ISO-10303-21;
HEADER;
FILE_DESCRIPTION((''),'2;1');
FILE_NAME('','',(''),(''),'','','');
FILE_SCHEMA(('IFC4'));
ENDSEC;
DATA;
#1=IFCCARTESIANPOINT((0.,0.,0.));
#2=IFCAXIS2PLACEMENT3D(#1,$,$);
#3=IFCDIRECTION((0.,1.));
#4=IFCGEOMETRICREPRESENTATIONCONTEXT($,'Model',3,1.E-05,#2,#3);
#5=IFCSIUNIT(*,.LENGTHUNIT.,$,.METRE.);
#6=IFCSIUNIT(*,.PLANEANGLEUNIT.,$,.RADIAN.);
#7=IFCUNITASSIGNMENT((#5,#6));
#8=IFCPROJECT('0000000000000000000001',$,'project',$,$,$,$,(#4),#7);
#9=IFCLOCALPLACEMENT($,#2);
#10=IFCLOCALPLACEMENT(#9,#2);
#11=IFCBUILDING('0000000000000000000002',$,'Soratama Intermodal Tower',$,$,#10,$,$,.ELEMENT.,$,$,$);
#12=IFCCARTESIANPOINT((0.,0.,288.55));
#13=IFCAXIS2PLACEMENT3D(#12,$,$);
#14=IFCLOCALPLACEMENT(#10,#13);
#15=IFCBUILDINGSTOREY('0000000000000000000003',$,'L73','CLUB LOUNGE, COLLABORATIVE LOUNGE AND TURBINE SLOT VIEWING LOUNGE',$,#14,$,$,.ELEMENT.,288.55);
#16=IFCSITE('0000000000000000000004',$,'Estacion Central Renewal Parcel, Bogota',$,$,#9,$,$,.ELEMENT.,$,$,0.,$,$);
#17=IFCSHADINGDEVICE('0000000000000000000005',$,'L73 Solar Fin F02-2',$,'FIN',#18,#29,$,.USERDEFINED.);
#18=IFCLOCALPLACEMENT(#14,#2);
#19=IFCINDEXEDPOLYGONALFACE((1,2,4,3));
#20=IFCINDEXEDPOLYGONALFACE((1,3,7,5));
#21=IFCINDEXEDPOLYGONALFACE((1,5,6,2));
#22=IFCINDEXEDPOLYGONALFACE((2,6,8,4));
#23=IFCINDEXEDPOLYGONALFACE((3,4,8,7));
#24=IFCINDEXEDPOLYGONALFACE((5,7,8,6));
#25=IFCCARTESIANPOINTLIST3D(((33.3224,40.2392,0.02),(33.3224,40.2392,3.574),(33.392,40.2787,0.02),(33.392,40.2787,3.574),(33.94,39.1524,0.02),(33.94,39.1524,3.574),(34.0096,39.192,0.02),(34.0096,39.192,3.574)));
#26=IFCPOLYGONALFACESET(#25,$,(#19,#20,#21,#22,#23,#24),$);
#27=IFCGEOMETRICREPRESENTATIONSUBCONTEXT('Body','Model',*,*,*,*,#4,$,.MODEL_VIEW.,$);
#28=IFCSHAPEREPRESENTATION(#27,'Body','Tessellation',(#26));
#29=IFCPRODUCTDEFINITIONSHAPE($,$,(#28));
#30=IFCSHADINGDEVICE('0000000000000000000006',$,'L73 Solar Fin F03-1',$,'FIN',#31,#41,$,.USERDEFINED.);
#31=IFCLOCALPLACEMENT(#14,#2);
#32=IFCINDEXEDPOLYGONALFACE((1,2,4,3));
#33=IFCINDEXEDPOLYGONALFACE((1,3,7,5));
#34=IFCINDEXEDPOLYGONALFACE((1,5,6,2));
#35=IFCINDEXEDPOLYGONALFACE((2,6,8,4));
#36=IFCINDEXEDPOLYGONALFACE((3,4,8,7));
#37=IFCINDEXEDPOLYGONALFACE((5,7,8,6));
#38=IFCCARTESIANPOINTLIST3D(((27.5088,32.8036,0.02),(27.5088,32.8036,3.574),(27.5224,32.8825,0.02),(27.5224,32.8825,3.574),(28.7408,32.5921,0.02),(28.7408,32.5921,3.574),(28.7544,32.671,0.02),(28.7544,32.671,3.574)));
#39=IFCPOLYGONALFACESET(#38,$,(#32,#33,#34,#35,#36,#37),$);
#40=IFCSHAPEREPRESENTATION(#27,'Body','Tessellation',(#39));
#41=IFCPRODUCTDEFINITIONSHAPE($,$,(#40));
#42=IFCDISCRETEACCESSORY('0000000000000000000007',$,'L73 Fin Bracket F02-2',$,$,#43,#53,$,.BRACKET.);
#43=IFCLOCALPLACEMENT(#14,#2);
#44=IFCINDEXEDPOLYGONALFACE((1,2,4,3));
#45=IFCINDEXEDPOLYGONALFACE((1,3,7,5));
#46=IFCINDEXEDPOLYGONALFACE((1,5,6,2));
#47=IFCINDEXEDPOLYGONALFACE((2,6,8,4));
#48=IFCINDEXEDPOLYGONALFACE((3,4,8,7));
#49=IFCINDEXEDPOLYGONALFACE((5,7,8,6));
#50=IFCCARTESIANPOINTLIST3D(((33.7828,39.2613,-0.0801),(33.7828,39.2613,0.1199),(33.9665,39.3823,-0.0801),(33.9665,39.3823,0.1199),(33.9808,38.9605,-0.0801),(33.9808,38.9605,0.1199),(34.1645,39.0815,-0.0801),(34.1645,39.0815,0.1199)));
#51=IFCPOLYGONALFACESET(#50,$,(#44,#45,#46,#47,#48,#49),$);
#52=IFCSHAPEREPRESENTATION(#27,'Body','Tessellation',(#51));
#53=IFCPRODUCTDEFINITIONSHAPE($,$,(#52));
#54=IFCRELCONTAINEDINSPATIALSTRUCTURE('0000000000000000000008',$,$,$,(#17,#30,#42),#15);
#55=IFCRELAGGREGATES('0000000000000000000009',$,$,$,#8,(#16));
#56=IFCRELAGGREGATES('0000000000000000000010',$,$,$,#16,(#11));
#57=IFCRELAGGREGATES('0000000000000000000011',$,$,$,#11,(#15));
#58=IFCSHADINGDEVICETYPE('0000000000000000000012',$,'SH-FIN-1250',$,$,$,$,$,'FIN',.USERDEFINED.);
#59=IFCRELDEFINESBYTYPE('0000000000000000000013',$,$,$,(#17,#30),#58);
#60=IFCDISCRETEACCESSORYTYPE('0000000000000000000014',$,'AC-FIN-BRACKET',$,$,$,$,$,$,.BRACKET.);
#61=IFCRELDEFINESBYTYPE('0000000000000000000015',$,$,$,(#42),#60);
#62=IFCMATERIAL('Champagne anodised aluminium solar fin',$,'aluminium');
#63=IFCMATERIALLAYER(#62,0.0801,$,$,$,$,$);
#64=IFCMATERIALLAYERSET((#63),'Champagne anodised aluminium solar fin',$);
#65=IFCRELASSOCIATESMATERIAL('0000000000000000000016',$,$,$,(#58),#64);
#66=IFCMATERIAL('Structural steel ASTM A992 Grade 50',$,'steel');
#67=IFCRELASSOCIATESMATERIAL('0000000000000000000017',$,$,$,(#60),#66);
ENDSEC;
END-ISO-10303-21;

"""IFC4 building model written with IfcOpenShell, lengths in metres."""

from ifc_helpers import new_model, si_unit, direction, frame, origin, origin_2d, place, context, subcontext, project, spatial, rectangle, extrude, material, layer, layer_set, type_object, element, save


model = new_model("IFC4")

# Units and contexts
model_context = context("Model", 3, precision=1e-05, world=origin(), true_north=direction((0.0, 1.0)))
body_context = subcontext(model_context, "Body", "Model", "MODEL_VIEW")
ifc_project = project(units=[si_unit("LENGTHUNIT", "METRE"), si_unit("PLANEANGLEUNIT", "RADIAN")], contexts=[model_context])

# Site, building, storey
site_placement = place(None, origin())
site = spatial("IfcSite", under=ifc_project, at=site_placement, Name="Estacion Central Renewal Parcel, Bogota", CompositionType="ELEMENT", RefElevation=0.0)
building_placement = place(site_placement, origin())
building = spatial("IfcBuilding", under=site, at=building_placement, Name="Soratama Intermodal Tower", CompositionType="ELEMENT")
storey_placement = place(building_placement, frame((0.0, 0.0, 288.55)))
storey = spatial("IfcBuildingStorey", under=building, at=storey_placement, Name="L73", Description="CLUB LOUNGE, COLLABORATIVE LOUNGE AND TURBINE SLOT VIEWING LOUNGE", CompositionType="ELEMENT", Elevation=288.55)

# Shading devices
ifc_material_1 = material(Name="Champagne anodised aluminium solar fin", Category="aluminium")
ifc_layer_1 = layer(ifc_material_1, 0.0801)
ifc_layer_set_1 = layer_set([ifc_layer_1], Name="Champagne anodised aluminium solar fin")
shading_device_type = type_object("IfcShadingDeviceType", Name="SH-FIN-1250", ElementType="FIN", PredefinedType="USERDEFINED", material=ifc_layer_set_1)
for number, where, z_axis, x_axis, name in (
    (1, (33.666, 39.7156, 0.02), (0.0, 0.0, 1.0), (-0.494094, 0.869409, 0.0), "L73 Solar Fin F02-2"),
    (2, (28.1316, 32.7373, 0.02), (0.0, 0.0, 1.0), (-0.985586, 0.169177, 0.0), "L73 Solar Fin F03-1"),
):
    element("IfcShadingDevice", number, at=place(storey_placement, frame(where, z_axis=z_axis, x_axis=x_axis)), inside=storey, type_object=shading_device_type, Name=name, ObjectType="FIN", PredefinedType="USERDEFINED", context=body_context, shape_type="SweptSolid", body=[
        extrude(rectangle(XDim=1.25, YDim=0.0801, at=origin_2d()), origin(), (0.0, 0.0, 1.0), 3.554),
    ])

# Discrete accessory
ifc_material_2 = material(Name="Structural steel ASTM A992 Grade 50", Category="steel")
discrete_accessory_type = type_object("IfcDiscreteAccessoryType", Name="AC-FIN-BRACKET", PredefinedType="BRACKET", material=ifc_material_2)
discrete_accessory_placement = place(storey_placement, frame((33.9736, 39.1714, -0.0801), z_axis=(0.0, 0.0, 1.0), x_axis=(-0.549898, 0.835232, 0.0)))
element("IfcDiscreteAccessory", 3, at=discrete_accessory_placement, inside=storey, type_object=discrete_accessory_type, Name="L73 Fin Bracket F02-2", PredefinedType="BRACKET", context=body_context, shape_type="SweptSolid", body=[
    extrude(rectangle(XDim=0.3601, YDim=0.22, at=origin_2d()), origin(), (0.0, 0.0, 1.0), 0.2),
])

save(model, "model.ifc")
